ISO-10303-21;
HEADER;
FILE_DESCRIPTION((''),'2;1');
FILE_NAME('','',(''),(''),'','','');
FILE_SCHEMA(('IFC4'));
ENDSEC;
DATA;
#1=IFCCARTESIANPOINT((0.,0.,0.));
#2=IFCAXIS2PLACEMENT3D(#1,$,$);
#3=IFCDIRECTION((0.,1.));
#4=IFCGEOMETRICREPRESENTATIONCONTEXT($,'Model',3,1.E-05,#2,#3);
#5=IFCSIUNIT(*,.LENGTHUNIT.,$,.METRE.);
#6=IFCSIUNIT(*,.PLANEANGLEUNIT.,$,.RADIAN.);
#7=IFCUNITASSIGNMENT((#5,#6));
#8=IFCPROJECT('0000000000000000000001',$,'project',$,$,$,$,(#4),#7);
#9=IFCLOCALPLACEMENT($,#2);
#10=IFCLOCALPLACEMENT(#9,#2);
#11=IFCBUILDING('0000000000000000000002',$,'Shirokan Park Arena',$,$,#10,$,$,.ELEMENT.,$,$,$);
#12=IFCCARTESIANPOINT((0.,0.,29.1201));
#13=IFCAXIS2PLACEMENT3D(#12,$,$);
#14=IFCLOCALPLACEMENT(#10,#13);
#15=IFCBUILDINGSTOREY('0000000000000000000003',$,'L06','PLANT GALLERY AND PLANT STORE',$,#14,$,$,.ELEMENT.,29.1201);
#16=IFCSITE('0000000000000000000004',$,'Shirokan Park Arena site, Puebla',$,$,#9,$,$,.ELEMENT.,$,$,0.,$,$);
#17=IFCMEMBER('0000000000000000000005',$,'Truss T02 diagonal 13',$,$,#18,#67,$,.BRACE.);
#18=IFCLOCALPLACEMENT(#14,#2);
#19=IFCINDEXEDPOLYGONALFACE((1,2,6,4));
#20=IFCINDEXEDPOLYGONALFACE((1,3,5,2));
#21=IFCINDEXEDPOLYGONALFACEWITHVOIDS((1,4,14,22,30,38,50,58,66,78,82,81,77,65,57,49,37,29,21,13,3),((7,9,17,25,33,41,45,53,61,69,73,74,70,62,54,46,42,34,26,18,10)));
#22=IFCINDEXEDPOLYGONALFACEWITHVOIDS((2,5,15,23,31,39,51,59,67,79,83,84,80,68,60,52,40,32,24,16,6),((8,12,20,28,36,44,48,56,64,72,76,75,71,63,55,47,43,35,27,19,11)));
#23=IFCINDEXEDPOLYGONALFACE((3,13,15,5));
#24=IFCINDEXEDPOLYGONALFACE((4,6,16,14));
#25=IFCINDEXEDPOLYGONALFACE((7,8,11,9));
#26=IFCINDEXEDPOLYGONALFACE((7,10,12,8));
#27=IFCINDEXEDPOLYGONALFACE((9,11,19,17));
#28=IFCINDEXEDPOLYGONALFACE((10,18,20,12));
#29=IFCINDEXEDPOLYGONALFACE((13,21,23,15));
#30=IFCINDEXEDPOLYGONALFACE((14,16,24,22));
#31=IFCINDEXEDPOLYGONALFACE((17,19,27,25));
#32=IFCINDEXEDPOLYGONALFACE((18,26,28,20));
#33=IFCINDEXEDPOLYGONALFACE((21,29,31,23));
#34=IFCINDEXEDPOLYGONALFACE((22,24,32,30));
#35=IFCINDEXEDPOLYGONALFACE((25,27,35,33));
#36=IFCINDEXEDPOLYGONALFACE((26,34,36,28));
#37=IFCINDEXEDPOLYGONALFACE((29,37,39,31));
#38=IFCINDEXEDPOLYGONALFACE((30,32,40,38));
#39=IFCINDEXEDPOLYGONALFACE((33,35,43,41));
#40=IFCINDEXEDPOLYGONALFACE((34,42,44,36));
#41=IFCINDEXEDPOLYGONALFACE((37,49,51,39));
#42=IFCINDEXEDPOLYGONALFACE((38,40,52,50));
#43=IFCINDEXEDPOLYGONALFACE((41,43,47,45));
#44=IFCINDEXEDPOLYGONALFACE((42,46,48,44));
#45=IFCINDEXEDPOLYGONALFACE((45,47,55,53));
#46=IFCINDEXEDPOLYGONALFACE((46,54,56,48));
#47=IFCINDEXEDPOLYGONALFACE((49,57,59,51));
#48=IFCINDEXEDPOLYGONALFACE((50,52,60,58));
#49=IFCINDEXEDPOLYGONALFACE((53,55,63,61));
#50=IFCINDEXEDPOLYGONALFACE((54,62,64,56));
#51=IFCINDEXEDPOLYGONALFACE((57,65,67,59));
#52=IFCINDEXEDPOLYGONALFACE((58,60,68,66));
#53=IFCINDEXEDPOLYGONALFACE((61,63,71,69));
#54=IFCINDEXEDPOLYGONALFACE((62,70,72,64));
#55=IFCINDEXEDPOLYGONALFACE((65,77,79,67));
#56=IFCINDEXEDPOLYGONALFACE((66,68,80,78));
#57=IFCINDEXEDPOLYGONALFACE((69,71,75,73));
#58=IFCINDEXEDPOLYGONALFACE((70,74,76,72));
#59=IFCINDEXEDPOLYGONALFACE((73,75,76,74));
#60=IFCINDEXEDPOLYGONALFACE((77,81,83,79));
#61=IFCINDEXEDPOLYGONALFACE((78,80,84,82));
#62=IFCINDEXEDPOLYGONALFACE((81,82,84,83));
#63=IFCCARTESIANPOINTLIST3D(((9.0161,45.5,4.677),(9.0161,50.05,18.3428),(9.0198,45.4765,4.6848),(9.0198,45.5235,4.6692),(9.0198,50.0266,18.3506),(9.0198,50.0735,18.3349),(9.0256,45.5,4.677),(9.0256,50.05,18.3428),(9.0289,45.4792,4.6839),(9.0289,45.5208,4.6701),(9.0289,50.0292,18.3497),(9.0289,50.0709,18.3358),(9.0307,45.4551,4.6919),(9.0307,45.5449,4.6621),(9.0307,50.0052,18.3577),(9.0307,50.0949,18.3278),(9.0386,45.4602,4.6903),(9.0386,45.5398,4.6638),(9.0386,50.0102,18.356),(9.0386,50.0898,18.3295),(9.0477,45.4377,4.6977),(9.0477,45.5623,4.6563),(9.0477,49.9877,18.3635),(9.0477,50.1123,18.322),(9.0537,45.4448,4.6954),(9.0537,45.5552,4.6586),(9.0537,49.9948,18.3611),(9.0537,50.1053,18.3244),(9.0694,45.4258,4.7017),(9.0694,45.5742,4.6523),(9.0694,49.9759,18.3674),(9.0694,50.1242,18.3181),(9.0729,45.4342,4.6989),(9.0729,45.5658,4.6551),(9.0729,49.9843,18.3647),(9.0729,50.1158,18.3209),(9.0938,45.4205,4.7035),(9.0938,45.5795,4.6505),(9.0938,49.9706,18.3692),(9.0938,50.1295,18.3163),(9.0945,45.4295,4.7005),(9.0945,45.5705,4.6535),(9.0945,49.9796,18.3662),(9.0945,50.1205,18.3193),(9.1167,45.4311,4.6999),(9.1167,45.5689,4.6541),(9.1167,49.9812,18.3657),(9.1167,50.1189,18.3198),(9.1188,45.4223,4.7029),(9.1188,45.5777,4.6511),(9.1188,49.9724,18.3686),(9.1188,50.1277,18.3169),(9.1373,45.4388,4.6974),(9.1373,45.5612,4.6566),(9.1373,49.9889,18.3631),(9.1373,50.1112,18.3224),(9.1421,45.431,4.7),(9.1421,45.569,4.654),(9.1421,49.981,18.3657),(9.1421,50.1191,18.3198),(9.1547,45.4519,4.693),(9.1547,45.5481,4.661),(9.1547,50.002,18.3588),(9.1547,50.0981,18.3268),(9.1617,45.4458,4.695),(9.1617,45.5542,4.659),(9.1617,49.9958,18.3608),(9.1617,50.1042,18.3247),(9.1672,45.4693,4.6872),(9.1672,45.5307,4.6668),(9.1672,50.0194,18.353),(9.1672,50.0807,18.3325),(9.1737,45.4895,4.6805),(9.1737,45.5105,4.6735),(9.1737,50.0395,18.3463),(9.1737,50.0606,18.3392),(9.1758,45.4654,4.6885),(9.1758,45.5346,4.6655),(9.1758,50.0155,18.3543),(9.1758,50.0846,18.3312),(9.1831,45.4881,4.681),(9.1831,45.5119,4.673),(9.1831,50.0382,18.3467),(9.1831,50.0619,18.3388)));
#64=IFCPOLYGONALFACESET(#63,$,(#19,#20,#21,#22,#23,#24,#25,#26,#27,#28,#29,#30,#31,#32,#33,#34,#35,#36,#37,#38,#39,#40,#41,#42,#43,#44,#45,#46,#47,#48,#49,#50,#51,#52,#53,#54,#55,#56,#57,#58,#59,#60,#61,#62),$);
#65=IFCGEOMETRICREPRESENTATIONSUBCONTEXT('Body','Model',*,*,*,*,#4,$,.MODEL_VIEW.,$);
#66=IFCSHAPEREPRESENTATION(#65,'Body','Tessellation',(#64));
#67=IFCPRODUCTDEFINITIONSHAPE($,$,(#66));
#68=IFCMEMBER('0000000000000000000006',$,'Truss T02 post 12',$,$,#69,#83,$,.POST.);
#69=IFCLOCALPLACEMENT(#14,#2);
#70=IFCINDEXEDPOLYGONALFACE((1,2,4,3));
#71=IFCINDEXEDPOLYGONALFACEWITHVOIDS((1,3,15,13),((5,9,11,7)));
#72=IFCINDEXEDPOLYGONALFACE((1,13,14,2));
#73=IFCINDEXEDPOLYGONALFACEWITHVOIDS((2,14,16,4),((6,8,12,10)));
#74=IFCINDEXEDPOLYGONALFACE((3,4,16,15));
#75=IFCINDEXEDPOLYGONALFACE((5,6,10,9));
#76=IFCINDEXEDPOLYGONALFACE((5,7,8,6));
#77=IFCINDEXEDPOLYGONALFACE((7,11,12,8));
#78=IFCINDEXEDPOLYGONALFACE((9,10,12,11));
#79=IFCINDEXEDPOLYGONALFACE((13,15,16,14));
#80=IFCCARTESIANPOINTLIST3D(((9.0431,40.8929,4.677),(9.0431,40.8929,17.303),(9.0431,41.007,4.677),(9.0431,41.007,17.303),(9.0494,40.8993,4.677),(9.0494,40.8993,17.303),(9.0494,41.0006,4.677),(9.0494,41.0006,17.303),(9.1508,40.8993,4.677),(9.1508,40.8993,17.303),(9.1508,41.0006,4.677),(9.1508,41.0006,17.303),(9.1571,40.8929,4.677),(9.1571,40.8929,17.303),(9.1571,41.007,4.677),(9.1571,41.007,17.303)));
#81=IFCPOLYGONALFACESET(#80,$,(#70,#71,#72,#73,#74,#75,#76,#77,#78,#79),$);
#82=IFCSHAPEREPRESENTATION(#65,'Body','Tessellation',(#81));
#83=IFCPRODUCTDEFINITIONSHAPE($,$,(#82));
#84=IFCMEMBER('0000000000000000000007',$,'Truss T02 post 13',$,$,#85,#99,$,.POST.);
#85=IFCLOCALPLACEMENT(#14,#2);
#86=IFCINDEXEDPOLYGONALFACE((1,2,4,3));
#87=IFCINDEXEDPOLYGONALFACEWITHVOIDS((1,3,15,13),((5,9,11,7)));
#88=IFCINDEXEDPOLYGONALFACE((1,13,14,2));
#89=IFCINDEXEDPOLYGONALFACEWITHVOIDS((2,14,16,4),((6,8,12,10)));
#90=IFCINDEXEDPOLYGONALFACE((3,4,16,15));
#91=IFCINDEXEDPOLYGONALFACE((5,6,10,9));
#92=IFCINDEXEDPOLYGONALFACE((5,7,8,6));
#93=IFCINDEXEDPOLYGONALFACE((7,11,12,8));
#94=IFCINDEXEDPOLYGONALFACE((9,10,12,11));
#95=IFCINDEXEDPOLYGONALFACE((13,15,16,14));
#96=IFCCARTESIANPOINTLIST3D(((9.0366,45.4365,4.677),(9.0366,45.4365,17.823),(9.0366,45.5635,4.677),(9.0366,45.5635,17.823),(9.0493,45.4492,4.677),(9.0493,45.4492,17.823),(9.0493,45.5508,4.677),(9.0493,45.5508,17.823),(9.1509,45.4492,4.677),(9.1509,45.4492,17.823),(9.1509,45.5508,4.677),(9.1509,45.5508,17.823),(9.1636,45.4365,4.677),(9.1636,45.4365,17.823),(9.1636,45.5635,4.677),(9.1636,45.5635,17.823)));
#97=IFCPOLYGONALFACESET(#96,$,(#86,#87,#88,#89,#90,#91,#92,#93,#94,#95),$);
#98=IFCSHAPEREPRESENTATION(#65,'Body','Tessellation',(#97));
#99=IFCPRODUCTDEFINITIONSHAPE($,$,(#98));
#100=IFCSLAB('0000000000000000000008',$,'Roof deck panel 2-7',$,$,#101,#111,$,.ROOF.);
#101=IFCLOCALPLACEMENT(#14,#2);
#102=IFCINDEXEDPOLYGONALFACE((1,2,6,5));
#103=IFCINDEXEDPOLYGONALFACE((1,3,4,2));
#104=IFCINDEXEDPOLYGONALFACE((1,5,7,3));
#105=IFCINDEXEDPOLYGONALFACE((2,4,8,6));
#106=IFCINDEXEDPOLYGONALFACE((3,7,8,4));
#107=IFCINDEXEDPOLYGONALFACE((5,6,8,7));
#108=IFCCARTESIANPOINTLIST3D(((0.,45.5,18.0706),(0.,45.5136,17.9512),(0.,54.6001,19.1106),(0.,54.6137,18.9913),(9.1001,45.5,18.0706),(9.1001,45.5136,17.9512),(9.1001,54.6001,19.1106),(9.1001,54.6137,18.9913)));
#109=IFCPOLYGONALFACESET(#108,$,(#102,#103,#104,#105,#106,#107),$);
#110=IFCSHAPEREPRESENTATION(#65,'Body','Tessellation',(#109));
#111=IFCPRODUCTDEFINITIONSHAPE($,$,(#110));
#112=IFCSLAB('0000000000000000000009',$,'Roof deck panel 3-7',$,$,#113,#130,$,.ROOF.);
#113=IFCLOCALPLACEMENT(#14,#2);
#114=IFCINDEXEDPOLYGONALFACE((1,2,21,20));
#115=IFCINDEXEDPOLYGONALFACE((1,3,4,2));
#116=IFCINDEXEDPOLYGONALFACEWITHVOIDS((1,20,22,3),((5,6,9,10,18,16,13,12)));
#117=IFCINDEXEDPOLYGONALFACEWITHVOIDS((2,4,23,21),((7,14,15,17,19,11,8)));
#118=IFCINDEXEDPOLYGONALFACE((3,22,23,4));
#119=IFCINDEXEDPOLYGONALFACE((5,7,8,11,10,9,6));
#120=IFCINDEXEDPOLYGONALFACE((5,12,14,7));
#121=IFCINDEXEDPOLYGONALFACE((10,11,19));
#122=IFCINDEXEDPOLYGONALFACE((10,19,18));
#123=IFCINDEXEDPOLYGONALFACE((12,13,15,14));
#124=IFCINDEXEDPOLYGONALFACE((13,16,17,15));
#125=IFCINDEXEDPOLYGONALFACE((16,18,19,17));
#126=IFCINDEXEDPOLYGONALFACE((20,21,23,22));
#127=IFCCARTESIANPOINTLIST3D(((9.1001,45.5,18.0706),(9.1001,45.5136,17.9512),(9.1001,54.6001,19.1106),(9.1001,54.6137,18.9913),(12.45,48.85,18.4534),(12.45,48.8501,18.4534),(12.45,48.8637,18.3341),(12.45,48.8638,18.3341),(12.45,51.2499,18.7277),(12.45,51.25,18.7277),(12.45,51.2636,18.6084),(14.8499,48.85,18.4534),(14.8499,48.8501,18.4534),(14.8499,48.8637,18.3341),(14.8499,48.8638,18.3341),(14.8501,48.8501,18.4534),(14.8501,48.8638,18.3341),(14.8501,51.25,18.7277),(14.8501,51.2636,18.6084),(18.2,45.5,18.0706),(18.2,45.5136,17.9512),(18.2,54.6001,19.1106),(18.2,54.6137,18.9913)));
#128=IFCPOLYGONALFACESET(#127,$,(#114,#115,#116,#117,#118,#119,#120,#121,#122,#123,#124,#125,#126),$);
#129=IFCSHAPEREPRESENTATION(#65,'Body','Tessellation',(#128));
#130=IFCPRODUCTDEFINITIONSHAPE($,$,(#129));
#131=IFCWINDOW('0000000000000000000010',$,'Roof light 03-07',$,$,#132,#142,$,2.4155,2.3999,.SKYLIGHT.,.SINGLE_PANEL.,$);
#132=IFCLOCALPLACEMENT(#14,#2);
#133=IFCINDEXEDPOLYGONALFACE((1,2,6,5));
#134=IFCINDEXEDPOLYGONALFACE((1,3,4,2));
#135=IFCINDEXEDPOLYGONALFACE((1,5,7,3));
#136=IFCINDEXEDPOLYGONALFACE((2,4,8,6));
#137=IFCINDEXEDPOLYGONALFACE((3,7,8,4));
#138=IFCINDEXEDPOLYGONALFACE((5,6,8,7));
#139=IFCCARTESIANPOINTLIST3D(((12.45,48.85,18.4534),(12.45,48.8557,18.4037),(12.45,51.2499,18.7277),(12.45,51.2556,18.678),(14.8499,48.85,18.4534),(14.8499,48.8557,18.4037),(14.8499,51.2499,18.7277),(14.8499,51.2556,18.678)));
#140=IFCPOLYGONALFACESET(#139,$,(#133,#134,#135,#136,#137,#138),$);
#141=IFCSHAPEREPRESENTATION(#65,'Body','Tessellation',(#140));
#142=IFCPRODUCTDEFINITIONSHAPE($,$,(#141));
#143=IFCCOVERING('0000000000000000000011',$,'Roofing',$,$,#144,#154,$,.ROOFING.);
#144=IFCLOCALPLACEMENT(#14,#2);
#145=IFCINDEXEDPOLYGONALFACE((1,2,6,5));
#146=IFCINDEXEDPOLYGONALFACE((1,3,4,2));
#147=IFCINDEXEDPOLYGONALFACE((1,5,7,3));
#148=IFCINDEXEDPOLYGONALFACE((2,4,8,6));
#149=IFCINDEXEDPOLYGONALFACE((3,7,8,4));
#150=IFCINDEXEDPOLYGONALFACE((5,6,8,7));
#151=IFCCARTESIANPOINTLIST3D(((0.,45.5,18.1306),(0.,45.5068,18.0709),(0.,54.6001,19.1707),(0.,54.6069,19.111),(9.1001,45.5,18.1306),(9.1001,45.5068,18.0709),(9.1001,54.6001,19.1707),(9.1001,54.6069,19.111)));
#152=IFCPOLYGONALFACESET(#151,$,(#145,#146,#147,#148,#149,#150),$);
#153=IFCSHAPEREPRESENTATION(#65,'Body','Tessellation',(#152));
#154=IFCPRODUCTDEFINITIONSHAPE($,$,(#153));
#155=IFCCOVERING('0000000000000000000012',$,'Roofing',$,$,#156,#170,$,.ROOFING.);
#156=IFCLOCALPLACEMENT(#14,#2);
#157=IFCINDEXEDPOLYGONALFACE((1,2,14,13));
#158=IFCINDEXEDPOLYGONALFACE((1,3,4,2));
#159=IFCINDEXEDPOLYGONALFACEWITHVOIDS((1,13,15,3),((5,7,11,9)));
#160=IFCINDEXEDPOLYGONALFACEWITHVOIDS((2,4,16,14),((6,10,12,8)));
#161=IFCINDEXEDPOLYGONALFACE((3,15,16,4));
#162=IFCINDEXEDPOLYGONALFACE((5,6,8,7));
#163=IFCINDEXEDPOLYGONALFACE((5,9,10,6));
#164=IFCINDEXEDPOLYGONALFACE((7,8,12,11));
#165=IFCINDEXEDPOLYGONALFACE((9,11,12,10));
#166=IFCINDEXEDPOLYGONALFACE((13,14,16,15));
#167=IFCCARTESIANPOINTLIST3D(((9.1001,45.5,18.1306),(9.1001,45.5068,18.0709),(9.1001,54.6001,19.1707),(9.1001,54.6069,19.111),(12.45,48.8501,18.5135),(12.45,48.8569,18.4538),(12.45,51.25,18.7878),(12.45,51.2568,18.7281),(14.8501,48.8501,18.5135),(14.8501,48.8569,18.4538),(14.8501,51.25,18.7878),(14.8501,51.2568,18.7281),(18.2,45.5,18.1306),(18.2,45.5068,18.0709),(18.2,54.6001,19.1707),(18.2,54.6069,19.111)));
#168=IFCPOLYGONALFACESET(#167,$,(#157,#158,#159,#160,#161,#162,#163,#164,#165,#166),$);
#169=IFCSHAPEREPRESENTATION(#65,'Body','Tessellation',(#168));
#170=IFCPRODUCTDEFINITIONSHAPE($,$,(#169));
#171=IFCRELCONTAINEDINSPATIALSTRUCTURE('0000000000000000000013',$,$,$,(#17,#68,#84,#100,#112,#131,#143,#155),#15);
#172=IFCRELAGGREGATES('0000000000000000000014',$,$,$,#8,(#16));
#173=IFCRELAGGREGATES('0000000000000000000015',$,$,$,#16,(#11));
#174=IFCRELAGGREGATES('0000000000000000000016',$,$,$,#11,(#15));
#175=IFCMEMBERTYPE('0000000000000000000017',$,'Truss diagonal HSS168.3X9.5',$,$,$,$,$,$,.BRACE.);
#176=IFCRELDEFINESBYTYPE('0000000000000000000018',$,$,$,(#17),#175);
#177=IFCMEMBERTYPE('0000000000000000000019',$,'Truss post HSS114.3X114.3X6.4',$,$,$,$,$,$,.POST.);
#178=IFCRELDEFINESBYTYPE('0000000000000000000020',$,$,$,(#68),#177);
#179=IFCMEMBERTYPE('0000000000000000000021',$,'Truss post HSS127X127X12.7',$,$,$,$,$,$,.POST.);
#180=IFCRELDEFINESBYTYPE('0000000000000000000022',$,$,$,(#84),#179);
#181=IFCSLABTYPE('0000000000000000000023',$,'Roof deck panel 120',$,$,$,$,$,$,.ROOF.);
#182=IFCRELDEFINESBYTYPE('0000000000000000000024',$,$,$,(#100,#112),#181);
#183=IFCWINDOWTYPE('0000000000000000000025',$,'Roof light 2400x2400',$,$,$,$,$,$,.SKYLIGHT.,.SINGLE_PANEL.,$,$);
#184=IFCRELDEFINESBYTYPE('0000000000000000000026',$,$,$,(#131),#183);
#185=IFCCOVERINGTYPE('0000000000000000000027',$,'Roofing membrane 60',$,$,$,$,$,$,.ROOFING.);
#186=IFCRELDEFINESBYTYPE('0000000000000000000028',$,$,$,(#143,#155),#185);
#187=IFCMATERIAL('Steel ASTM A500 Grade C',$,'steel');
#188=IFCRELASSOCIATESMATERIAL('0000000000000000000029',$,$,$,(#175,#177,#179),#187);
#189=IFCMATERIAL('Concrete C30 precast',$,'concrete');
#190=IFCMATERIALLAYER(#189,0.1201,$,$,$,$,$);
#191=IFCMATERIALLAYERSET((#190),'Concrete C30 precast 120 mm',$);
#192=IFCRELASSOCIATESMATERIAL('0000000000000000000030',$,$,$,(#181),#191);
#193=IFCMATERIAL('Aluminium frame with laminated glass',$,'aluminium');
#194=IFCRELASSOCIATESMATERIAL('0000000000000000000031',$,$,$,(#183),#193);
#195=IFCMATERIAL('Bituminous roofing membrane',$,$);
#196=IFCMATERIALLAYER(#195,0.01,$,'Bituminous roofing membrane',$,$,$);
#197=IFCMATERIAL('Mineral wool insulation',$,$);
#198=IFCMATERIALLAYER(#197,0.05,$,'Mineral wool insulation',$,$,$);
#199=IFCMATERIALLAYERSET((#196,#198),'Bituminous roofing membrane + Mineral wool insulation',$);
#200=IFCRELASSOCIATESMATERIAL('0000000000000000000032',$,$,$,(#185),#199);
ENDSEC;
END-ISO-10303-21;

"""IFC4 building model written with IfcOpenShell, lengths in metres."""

from ifc_helpers import new_model, si_unit, direction, frame, origin, origin_2d, place, context, subcontext, project, spatial, polyline, rectangle, hollow_rectangle, hollow_circle, outline, extrude, material, layer, layer_set, material_profile, profile_set, type_object, element, fill, save


model = new_model("IFC4")

# Units and contexts
model_context = context("Model", 3, precision=1e-05, world=origin(), true_north=direction((0.0, 1.0)))
body_context = subcontext(model_context, "Body", "Model", "MODEL_VIEW")
ifc_project = project(units=[si_unit("LENGTHUNIT", "METRE"), si_unit("PLANEANGLEUNIT", "RADIAN")], contexts=[model_context])

# Site, building, storey
site_placement = place(None, origin())
site = spatial("IfcSite", under=ifc_project, at=site_placement, Name="Shirokan Park Arena site, Puebla", CompositionType="ELEMENT", RefElevation=0.0)
building_placement = place(site_placement, origin())
building = spatial("IfcBuilding", under=site, at=building_placement, Name="Shirokan Park Arena", CompositionType="ELEMENT")
storey_placement = place(building_placement, frame((0.0, 0.0, 29.1201)))
storey = spatial("IfcBuildingStorey", under=building, at=storey_placement, Name="L06", Description="PLANT GALLERY AND PLANT STORE", CompositionType="ELEMENT", Elevation=29.1201)

# Members
ifc_material_1 = material(Name="Steel ASTM A500 Grade C", Category="steel")
ifc_material_profile_1 = material_profile(ifc_material_1, hollow_circle(Radius=0.084, WallThickness=0.0095, at=origin_2d()), Name="HSS168.3X9.5")
ifc_profile_set_1 = profile_set([ifc_material_profile_1], Name="Steel ASTM A500 Grade C")
member_type_1 = type_object("IfcMemberType", Name="Truss diagonal HSS168.3X9.5", PredefinedType="BRACE", material=ifc_profile_set_1)
member_1_placement = place(storey_placement, frame((9.1001, 45.5, 4.677), z_axis=(0.0, 0.315902, 0.948792), x_axis=(-1.0, 0.0, 0.0)))
element("IfcMember", 1, at=member_1_placement, inside=storey, type_object=member_type_1, Name="Truss T02 diagonal 13", PredefinedType="BRACE", context=body_context, shape_type="SweptSolid", body=[
    extrude(hollow_circle(Radius=0.084, WallThickness=0.0095, at=origin_2d()), origin(), (0.0, 0.0, 1.0), 14.4033),
])
ifc_material_profile_2 = material_profile(ifc_material_1, hollow_rectangle(XDim=0.114, YDim=0.114, WallThickness=0.0063, at=origin_2d()), Name="HSS114.3X114.3X6.4")
ifc_profile_set_2 = profile_set([ifc_material_profile_2], Name="Steel ASTM A500 Grade C")
member_type_2 = type_object("IfcMemberType", Name="Truss post HSS114.3X114.3X6.4", PredefinedType="POST", material=ifc_profile_set_2)
member_2_placement = place(storey_placement, frame((9.1001, 40.95, 4.677), z_axis=(0.0, 0.0, 1.0), x_axis=(1.0, 0.0, 0.0)))
element("IfcMember", 2, at=member_2_placement, inside=storey, type_object=member_type_2, Name="Truss T02 post 12", PredefinedType="POST", context=body_context, shape_type="SweptSolid", body=[
    extrude(hollow_rectangle(XDim=0.114, YDim=0.114, WallThickness=0.0063, at=origin_2d()), origin(), (0.0, 0.0, 1.0), 12.626),
])
ifc_material_profile_3 = material_profile(ifc_material_1, hollow_rectangle(XDim=0.127, YDim=0.127, WallThickness=0.0127, at=origin_2d()), Name="HSS127X127X12.7")
ifc_profile_set_3 = profile_set([ifc_material_profile_3], Name="Steel ASTM A500 Grade C")
member_type_3 = type_object("IfcMemberType", Name="Truss post HSS127X127X12.7", PredefinedType="POST", material=ifc_profile_set_3)
member_3_placement = place(storey_placement, frame((9.1001, 45.5, 4.677), z_axis=(0.0, 0.0, 1.0), x_axis=(1.0, 0.0, 0.0)))
element("IfcMember", 3, at=member_3_placement, inside=storey, type_object=member_type_3, Name="Truss T02 post 13", PredefinedType="POST", context=body_context, shape_type="SweptSolid", body=[
    extrude(hollow_rectangle(XDim=0.127, YDim=0.127, WallThickness=0.0127, at=origin_2d()), origin(), (0.0, 0.0, 1.0), 13.146),
])

# Slab
ifc_material_2 = material(Name="Concrete C30 precast", Category="concrete")
ifc_layer_1 = layer(ifc_material_2, 0.1201)
ifc_layer_set_1 = layer_set([ifc_layer_1], Name="Concrete C30 precast 120 mm")
slab_type = type_object("IfcSlabType", Name="Roof deck panel 120", PredefinedType="ROOF", material=ifc_layer_set_1)
slab_1_placement = place(storey_placement, frame((0.0, 45.5, 18.0706), z_axis=(0.0, -0.11355, 0.993532), x_axis=(1.0, 0.0, 0.0)))
element("IfcSlab", 4, at=slab_1_placement, inside=storey, type_object=slab_type, Name="Roof deck panel 2-7", PredefinedType="ROOF", context=body_context, shape_type="SweptSolid", body=[
    extrude(outline(polyline([(0.0, 0.0), (9.1001, 0.0), (9.1001, 9.1593), (0.0, 9.1593), (0.0, 0.0)])), origin(), (0.0, 0.0, -1.0), 0.1201),
])

# Slab, opening, window
slab_2_placement = place(storey_placement, frame((9.1001, 45.5, 18.0706), z_axis=(0.0, -0.11355, 0.993532), x_axis=(1.0, 0.0, 0.0)))
slab_2 = element("IfcSlab", 5, at=slab_2_placement, inside=storey, type_object=slab_type, Name="Roof deck panel 3-7", PredefinedType="ROOF", context=body_context, shape_type="SweptSolid", body=[
    extrude(outline(polyline([(0.0, 0.0), (9.0999, 0.0), (9.0999, 9.1593), (0.0, 9.1593), (0.0, 0.0)]), holes=[polyline([(3.3499, 3.3719), (5.75, 3.3719), (5.75, 5.7874), (3.3499, 5.7874), (3.3499, 3.3719)])]), origin(), (0.0, 0.0, -1.0), 0.1201),
])
opening_placement = place(slab_2_placement, frame((4.5498, 4.5796, 0.01)))
opening = element("IfcOpeningElement", 6, at=opening_placement, cuts=slab_2, PredefinedType="OPENING", context=body_context, shape_type="SweptSolid", body=[
    extrude(rectangle(XDim=2.3999, YDim=2.4155, at=origin_2d()), origin(), (0.0, 0.0, -1.0), 0.1399),
])
ifc_material_3 = material(Name="Aluminium frame with laminated glass", Category="aluminium")
window_type = type_object("IfcWindowType", Name="Roof light 2400x2400", PartitioningType="SINGLE_PANEL", PredefinedType="SKYLIGHT", material=ifc_material_3)
window_placement = place(opening_placement, frame((0.0, 0.0, -0.0601)))
window = element("IfcWindow", 7, at=window_placement, inside=storey, type_object=window_type, Name="Roof light 03-07", OverallHeight=2.4155, OverallWidth=2.3999, PartitioningType="SINGLE_PANEL", PredefinedType="SKYLIGHT", context=body_context, shape_type="SweptSolid", body=[
    extrude(rectangle(XDim=2.3999, YDim=2.4155, at=origin_2d()), origin(), (0.0, 0.0, 1.0), 0.05),
])
fill(opening, window)

# Coverings
ifc_material_4 = material(Name="Bituminous roofing membrane")
ifc_layer_2 = layer(ifc_material_4, 0.01, Name="Bituminous roofing membrane")
ifc_material_5 = material(Name="Mineral wool insulation")
ifc_layer_3 = layer(ifc_material_5, 0.05, Name="Mineral wool insulation")
ifc_layer_set_2 = layer_set([ifc_layer_2, ifc_layer_3], Name="Bituminous roofing membrane + Mineral wool insulation")
covering_type = type_object("IfcCoveringType", Name="Roofing membrane 60", PredefinedType="ROOFING", material=ifc_layer_set_2)
covering_1_placement = place(storey_placement, frame((0.0, 45.5, 18.1306), z_axis=(0.0, -0.11355, 0.993532), x_axis=(1.0, 0.0, 0.0)))
element("IfcCovering", 8, at=covering_1_placement, inside=storey, type_object=covering_type, Name="Roofing", PredefinedType="ROOFING", context=body_context, shape_type="SweptSolid", body=[
    extrude(outline(polyline([(0.0, 0.0), (9.1001, 0.0), (9.1001, 9.1593), (0.0, 9.1593), (0.0, 0.0)])), origin(), (0.0, 0.0, -1.0), 0.0601),
])
covering_2_placement = place(storey_placement, frame((9.1001, 45.5, 18.1306), z_axis=(0.0, -0.11355, 0.993532), x_axis=(1.0, 0.0, 0.0)))
element("IfcCovering", 9, at=covering_2_placement, inside=storey, type_object=covering_type, Name="Roofing", PredefinedType="ROOFING", context=body_context, shape_type="SweptSolid", body=[
    extrude(outline(polyline([(0.0, 0.0), (9.0999, 0.0), (9.0999, 9.1593), (0.0, 9.1593), (0.0, 0.0)]), holes=[polyline([(5.75, 3.3719), (5.75, 5.7874), (3.3499, 5.7874), (3.3499, 3.3719), (5.75, 3.3719)])]), origin(), (0.0, 0.0, -1.0), 0.0601),
])

save(model, "model.ifc")
